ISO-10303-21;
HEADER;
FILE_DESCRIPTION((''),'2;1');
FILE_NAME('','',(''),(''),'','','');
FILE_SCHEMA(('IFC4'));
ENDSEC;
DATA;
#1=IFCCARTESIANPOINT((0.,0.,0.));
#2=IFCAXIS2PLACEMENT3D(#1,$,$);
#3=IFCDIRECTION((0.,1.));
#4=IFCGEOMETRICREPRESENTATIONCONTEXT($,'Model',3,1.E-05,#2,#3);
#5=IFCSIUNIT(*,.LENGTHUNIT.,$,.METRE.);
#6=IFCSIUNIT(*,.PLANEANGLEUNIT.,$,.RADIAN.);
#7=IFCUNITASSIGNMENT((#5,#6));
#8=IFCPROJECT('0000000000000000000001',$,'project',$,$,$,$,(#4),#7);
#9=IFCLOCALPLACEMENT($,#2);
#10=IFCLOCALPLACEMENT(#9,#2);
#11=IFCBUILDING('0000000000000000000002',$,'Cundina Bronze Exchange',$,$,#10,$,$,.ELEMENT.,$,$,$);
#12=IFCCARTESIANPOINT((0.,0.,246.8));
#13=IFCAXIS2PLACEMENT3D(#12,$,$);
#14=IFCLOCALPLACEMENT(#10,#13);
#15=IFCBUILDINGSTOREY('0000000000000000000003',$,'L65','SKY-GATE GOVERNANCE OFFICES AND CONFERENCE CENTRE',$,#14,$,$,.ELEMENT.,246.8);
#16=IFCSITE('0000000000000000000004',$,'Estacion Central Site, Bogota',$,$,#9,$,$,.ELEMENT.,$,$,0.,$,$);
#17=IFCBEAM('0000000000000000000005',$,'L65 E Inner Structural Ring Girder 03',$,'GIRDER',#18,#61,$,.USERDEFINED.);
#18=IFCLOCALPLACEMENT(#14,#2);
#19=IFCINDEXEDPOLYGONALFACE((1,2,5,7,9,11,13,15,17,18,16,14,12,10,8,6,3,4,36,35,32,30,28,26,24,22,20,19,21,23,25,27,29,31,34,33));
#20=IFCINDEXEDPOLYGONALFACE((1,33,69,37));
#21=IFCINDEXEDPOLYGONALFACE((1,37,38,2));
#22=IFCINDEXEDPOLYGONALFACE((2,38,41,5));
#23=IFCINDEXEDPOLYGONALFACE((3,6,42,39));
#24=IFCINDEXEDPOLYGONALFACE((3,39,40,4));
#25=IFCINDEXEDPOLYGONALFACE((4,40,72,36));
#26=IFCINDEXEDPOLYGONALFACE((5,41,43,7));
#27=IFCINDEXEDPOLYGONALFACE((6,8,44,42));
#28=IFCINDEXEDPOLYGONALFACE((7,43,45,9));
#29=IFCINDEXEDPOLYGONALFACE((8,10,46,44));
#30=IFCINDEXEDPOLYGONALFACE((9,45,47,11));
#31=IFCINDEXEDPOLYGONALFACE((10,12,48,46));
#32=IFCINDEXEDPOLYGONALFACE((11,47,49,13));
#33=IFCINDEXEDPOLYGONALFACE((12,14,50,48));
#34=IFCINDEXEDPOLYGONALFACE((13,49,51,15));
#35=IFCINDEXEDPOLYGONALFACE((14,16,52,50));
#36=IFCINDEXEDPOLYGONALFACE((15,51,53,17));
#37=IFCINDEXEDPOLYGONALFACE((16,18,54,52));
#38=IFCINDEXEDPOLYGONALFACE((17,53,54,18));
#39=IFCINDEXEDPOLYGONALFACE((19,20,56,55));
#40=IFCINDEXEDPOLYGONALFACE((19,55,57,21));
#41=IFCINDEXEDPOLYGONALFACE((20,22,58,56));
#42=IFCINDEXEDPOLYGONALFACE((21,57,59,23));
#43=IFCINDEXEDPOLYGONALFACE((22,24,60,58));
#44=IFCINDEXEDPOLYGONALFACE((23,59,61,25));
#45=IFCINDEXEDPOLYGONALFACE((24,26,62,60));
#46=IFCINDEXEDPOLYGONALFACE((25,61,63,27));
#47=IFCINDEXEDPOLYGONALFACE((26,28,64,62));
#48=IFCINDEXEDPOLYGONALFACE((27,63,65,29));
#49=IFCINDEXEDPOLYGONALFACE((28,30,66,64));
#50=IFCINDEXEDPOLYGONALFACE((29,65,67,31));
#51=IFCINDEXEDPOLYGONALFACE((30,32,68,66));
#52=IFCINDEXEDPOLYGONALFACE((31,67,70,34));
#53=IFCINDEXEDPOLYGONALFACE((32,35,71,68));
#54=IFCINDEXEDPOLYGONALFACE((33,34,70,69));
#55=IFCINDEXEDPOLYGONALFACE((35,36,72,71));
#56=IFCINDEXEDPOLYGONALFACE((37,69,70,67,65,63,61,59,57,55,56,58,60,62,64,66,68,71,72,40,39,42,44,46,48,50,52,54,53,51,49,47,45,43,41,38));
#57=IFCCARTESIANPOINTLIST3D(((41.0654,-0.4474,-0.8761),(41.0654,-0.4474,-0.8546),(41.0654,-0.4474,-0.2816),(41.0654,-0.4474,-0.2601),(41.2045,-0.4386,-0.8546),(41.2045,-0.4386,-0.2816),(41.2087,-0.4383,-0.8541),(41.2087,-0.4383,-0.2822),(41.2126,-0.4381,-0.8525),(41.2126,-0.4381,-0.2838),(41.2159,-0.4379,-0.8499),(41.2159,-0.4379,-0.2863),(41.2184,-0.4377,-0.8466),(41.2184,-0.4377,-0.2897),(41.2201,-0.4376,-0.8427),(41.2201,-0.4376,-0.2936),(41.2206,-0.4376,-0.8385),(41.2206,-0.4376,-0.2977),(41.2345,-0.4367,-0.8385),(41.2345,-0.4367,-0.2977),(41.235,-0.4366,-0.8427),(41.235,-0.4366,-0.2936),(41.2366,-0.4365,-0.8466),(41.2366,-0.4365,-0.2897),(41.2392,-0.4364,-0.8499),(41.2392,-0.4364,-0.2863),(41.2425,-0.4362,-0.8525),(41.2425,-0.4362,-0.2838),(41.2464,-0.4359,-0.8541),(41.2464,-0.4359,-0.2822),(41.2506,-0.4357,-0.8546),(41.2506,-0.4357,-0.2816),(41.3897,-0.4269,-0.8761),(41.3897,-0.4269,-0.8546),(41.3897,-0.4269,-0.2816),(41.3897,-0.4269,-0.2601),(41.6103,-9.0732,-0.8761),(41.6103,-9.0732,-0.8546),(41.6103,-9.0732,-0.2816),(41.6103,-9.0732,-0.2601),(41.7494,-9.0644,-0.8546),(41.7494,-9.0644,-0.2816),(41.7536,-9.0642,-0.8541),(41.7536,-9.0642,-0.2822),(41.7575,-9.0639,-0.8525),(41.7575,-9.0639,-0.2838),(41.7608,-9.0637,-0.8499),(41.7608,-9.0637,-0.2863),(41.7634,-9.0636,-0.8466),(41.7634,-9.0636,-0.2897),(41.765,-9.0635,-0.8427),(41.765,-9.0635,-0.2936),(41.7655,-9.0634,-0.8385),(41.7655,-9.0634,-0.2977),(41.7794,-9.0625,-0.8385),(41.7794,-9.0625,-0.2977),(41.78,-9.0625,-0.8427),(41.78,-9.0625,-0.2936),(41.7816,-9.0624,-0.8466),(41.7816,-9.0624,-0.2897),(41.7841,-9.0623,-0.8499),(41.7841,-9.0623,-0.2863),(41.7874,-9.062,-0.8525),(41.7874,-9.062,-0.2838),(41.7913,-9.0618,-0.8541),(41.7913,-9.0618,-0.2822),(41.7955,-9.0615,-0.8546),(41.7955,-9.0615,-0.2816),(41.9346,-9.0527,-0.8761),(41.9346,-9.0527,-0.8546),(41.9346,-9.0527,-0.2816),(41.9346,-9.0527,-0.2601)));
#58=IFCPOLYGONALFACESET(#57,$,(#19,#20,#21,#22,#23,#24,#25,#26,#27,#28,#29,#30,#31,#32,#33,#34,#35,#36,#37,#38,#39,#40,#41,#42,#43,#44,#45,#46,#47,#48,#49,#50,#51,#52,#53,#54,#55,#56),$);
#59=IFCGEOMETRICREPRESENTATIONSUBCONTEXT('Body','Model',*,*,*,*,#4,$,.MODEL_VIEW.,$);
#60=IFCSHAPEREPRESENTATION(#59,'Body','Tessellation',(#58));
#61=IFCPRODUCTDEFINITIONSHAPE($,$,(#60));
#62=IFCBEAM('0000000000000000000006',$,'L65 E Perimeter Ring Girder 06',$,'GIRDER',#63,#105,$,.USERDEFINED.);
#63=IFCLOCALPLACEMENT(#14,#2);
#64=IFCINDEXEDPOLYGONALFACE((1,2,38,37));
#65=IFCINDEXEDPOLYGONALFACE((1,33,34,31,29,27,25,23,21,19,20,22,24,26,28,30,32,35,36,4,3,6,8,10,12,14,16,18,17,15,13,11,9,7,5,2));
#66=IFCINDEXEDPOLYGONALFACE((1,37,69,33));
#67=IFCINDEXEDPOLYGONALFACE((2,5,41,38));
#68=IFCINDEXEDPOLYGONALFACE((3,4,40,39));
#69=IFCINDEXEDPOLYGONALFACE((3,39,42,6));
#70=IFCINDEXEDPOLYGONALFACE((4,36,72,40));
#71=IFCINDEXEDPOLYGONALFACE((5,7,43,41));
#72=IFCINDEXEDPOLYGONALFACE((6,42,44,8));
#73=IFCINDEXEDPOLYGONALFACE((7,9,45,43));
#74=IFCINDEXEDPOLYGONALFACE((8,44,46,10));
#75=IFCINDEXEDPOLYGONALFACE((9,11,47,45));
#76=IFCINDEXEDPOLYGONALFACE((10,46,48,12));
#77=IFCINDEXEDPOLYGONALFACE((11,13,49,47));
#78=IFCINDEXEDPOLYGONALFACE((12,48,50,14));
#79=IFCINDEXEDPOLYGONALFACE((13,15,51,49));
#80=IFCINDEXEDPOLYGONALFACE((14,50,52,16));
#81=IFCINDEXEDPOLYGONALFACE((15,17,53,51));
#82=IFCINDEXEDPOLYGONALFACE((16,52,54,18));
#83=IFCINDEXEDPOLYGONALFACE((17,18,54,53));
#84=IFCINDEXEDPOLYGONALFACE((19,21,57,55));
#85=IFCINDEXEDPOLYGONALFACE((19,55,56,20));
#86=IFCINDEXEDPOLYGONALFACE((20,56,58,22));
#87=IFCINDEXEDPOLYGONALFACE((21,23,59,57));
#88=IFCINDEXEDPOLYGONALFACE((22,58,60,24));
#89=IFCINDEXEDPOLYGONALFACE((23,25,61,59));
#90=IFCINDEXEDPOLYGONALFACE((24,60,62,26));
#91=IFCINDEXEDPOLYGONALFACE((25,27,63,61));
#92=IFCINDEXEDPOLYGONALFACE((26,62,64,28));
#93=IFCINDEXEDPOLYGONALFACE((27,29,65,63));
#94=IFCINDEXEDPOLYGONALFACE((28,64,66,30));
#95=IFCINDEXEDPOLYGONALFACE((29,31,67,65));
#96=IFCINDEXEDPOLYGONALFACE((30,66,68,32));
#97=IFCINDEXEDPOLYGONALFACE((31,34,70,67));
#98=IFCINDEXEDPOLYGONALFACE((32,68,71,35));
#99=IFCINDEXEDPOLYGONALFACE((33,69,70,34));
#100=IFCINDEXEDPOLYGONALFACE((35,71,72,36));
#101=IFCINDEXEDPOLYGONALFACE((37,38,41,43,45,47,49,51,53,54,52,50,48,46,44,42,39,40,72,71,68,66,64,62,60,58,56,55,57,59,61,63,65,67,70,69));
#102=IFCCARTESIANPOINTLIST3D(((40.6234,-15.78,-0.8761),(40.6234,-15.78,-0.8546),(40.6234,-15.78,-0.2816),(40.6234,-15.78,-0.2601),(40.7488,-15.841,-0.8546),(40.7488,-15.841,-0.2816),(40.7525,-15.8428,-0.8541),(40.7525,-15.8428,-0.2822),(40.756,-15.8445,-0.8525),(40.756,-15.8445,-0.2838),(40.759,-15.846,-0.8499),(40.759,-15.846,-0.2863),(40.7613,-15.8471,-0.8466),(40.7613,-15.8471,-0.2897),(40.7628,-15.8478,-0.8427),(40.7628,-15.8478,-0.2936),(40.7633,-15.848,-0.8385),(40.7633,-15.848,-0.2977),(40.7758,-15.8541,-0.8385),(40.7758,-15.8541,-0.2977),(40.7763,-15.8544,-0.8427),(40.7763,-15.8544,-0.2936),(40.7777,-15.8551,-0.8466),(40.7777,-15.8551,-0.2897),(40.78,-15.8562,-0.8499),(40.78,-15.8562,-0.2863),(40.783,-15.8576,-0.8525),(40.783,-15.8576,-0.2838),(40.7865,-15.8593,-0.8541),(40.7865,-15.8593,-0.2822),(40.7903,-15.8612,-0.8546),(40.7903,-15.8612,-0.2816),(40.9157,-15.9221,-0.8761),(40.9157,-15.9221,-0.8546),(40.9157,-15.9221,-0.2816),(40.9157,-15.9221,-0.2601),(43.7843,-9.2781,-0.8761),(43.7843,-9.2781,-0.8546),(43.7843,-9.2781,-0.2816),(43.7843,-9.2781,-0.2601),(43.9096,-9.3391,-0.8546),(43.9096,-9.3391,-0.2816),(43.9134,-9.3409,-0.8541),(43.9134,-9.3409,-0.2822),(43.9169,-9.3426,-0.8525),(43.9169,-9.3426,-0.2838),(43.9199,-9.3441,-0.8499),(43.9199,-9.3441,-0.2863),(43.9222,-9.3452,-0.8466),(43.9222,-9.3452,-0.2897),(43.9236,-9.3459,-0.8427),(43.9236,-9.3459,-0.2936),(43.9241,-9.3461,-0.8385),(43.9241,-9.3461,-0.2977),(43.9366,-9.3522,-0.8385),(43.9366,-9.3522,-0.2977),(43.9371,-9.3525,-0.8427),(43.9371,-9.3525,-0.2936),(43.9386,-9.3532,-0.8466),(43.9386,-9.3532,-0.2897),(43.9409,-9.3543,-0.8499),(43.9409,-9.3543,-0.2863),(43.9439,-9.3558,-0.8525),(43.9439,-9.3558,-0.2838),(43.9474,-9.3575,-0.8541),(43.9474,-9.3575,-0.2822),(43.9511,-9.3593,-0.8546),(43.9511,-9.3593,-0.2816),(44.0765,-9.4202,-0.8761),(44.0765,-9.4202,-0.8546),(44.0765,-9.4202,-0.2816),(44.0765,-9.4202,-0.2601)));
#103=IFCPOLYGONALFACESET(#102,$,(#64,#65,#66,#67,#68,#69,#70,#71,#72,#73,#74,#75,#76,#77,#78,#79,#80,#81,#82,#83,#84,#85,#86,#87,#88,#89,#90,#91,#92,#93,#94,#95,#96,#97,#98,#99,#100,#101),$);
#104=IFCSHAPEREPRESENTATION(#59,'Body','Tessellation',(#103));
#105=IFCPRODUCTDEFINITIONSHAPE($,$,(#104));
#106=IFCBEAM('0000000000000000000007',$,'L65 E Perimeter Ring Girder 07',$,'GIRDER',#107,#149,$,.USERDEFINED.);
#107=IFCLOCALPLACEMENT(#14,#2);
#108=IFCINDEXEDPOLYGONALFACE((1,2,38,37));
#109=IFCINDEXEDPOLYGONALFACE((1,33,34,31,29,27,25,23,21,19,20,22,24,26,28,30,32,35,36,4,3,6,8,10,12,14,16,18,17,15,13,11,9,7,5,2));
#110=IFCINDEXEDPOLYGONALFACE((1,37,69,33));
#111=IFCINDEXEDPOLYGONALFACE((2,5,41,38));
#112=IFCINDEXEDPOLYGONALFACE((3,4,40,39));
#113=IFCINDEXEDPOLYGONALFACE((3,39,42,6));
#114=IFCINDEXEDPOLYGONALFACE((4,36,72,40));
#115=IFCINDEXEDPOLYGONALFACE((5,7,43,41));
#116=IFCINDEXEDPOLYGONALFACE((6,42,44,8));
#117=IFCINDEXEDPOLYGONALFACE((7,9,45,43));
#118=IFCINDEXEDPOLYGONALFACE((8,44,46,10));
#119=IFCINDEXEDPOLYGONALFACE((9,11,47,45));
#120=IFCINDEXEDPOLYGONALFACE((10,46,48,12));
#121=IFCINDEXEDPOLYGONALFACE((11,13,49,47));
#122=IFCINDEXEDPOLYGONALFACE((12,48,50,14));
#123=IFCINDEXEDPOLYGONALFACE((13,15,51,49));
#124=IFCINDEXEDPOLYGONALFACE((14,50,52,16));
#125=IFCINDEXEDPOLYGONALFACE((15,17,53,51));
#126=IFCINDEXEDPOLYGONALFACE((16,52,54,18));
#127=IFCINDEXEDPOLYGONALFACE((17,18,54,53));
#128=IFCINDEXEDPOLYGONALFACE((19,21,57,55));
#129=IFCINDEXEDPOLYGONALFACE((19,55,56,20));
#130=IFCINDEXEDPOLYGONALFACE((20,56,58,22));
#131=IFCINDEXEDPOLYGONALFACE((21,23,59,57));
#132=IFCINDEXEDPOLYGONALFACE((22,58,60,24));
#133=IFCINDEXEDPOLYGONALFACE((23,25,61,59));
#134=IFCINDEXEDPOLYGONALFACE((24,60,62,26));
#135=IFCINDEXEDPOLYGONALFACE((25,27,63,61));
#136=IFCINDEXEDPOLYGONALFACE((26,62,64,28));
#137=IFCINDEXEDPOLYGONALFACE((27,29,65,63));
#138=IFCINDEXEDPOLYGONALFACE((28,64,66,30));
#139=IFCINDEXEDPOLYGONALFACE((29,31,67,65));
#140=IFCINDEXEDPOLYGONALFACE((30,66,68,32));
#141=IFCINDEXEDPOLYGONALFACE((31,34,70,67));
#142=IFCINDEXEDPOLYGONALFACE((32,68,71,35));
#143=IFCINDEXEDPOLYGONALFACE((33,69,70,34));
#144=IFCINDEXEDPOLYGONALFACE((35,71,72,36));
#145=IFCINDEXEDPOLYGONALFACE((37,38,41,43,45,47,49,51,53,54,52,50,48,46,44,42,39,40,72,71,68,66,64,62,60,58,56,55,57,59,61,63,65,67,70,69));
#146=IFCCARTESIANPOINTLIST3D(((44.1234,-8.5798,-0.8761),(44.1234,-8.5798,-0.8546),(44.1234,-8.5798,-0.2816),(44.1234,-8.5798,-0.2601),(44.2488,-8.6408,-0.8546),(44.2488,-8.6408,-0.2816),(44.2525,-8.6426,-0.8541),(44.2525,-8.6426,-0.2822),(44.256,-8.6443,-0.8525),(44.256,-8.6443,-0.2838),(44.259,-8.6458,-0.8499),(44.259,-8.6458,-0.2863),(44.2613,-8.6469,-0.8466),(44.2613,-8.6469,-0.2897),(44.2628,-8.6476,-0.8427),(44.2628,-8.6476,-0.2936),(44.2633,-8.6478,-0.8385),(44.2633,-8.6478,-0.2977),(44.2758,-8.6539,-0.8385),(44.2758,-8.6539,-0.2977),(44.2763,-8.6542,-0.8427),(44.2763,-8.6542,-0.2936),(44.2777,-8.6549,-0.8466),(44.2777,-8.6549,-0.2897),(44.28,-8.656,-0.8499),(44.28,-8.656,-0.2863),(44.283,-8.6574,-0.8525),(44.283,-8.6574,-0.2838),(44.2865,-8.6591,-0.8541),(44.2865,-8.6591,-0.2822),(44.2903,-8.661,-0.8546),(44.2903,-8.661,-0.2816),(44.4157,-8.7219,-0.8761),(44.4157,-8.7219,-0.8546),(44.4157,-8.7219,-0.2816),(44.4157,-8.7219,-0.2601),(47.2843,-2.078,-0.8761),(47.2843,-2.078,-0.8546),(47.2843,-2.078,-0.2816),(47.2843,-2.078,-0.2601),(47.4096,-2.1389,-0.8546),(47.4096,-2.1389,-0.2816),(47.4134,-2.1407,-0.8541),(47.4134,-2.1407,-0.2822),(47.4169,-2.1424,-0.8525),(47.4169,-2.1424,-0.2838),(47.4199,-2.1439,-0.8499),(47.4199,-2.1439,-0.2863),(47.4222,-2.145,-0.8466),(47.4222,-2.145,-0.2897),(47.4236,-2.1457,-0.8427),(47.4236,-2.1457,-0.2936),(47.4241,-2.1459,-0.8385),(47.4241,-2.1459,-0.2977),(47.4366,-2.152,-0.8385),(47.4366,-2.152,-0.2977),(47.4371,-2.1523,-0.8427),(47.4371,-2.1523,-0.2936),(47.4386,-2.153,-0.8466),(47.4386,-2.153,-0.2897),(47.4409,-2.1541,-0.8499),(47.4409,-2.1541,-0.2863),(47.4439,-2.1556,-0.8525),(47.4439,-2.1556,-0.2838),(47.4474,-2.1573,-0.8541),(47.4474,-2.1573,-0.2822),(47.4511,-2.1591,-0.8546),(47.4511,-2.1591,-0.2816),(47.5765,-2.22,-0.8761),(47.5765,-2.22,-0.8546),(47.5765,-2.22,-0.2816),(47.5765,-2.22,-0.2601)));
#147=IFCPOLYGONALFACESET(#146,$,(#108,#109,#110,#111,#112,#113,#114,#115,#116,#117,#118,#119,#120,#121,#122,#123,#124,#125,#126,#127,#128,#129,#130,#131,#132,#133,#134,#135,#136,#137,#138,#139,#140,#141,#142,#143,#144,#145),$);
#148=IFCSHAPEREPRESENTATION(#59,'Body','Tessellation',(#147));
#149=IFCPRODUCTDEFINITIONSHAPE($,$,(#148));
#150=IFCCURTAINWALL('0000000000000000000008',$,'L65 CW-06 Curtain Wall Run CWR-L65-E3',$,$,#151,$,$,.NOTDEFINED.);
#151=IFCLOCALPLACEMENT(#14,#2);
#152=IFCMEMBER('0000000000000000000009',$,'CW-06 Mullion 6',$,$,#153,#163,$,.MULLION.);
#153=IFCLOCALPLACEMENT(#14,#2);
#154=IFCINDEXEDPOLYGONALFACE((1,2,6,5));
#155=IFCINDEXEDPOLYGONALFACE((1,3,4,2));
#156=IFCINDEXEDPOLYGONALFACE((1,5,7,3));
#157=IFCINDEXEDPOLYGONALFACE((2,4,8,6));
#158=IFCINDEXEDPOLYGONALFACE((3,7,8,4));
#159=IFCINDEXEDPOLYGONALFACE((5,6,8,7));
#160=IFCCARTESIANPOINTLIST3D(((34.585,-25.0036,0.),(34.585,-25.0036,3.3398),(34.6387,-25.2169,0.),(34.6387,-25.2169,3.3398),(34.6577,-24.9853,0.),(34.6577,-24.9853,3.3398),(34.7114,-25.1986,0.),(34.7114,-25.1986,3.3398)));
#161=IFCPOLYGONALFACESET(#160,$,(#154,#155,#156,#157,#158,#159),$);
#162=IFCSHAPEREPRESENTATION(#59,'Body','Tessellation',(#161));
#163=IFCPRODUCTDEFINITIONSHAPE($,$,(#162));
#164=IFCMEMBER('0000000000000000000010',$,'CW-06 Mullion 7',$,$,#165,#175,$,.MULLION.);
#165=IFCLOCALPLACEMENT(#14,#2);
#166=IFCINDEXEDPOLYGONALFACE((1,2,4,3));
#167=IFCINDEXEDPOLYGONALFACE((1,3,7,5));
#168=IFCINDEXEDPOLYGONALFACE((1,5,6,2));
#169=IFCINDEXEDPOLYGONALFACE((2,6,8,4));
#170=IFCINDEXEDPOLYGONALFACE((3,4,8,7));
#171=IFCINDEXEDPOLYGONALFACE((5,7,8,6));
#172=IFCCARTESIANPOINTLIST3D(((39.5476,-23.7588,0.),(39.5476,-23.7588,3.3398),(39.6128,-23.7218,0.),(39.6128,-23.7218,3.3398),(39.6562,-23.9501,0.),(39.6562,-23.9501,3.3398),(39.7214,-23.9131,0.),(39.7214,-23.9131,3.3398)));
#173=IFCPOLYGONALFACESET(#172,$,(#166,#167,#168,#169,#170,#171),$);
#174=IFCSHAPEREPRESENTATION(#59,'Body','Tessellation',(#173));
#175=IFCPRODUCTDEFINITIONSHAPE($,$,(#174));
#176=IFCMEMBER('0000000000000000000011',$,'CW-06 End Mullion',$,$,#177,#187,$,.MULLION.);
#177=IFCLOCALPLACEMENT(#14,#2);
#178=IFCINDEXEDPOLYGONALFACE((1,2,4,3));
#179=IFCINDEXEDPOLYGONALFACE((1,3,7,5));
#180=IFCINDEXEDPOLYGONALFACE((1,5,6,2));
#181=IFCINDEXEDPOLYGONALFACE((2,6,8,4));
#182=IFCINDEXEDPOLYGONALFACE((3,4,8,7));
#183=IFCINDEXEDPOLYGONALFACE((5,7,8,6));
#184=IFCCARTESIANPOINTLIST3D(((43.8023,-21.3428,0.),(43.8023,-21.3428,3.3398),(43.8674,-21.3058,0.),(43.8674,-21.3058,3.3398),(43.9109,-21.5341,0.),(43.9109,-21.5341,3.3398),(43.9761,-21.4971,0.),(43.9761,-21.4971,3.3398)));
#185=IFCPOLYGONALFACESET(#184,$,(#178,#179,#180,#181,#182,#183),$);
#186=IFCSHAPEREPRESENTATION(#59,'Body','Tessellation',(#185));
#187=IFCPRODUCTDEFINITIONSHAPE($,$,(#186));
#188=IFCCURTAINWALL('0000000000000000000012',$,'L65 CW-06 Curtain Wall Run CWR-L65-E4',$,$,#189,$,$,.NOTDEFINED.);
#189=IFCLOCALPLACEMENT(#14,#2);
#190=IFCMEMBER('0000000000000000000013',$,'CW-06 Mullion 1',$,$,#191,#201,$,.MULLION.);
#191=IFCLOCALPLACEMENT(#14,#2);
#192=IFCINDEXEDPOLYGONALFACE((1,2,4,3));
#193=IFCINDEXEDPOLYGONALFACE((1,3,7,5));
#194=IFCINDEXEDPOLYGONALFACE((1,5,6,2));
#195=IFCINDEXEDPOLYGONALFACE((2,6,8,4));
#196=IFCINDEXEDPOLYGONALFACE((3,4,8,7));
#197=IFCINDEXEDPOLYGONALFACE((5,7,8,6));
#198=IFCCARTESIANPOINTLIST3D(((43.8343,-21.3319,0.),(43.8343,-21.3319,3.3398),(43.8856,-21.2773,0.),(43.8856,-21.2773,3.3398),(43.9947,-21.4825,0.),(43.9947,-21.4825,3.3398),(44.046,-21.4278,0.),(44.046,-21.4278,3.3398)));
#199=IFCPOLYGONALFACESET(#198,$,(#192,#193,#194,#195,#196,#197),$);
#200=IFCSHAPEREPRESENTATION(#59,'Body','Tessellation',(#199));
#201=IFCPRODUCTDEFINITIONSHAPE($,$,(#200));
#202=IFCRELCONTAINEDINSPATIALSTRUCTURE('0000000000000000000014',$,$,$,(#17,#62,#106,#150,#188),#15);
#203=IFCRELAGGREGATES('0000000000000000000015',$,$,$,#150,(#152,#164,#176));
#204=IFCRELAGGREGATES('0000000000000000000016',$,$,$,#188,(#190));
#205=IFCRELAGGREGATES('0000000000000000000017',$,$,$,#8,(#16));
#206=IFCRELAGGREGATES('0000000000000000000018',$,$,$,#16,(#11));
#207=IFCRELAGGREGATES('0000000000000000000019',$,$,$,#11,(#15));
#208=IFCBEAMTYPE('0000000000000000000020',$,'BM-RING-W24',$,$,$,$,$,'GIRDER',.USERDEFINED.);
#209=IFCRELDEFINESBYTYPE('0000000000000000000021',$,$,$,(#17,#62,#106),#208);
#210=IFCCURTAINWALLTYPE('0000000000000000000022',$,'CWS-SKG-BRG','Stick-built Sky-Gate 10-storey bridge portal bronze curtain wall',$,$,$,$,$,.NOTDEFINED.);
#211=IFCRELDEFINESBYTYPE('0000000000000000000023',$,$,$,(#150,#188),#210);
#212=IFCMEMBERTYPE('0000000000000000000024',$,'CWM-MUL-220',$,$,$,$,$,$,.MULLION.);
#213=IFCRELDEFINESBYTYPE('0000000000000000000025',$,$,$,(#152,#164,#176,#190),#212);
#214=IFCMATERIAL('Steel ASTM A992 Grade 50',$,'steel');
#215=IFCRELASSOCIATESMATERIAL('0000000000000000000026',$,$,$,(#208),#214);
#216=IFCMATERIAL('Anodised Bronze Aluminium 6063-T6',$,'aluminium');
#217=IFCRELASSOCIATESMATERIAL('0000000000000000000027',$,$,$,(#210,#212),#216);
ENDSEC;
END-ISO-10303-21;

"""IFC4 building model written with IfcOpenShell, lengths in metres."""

from ifc_helpers import new_model, si_unit, direction, frame, origin, origin_2d, place, context, subcontext, project, spatial, rectangle, i_section, extrude, material, material_profile, profile_set, type_object, element, aggregate, save


model = new_model("IFC4")

# Units and contexts
model_context = context("Model", 3, precision=1e-05, world=origin(), true_north=direction((0.0, 1.0)))
body_context = subcontext(model_context, "Body", "Model", "MODEL_VIEW")
ifc_project = project(units=[si_unit("LENGTHUNIT", "METRE"), si_unit("PLANEANGLEUNIT", "RADIAN")], contexts=[model_context])

# Site, building, storey
site_placement = place(None, origin())
site = spatial("IfcSite", under=ifc_project, at=site_placement, Name="Estacion Central Site, Bogota", CompositionType="ELEMENT", RefElevation=0.0)
building_placement = place(site_placement, origin())
building = spatial("IfcBuilding", under=site, at=building_placement, Name="Cundina Bronze Exchange", CompositionType="ELEMENT")
storey_placement = place(building_placement, frame((0.0, 0.0, 246.8)))
storey = spatial("IfcBuildingStorey", under=building, at=storey_placement, Name="L65", Description="SKY-GATE GOVERNANCE OFFICES AND CONFERENCE CENTRE", CompositionType="ELEMENT", Elevation=246.8)

# Beams
ifc_material_1 = material(Name="Steel ASTM A992 Grade 50", Category="steel")
ifc_material_profile_1 = material_profile(ifc_material_1, i_section(OverallWidth=0.325, OverallDepth=0.616, WebThickness=0.0139, FlangeThickness=0.0215, FilletRadius=0.0161, at=origin_2d()), Name="W24X117", Category="steel")
ifc_profile_set_1 = profile_set([ifc_material_profile_1], Name="Steel ASTM A992 Grade 50")
beam_type_1 = type_object("IfcBeamType", Name="BM-RING-W24", ElementType="GIRDER", PredefinedType="USERDEFINED", material=ifc_profile_set_1)
beam_1_placement = place(storey_placement, frame((41.7725, -9.063, -0.5681), z_axis=(-0.063047, 0.998011, 0.0), x_axis=(-0.998011, -0.063047, 0.0)))
element("IfcBeam", 1, at=beam_1_placement, inside=storey, type_object=beam_type_1, Name="L65 E Inner Structural Ring Girder 03", ObjectType="GIRDER", PredefinedType="USERDEFINED", context=body_context, shape_type="SweptSolid", body=[
    extrude(i_section(OverallWidth=0.325, OverallDepth=0.616, WebThickness=0.0139, FlangeThickness=0.0215, FilletRadius=0.0161, at=origin_2d()), origin(), (0.0, 0.0, 1.0), 8.6431),
])
for number, where, z_axis, x_axis, name in (
    (2, (40.7695, -15.8511, -0.5681), (0.437217, 0.899356, 0.0), (-0.899356, 0.437217, 0.0), "L65 E Perimeter Ring Girder 06"),
    (3, (44.2695, -8.6509, -0.5681), (0.437217, 0.899356, 0.0), (-0.899356, 0.437217, 0.0), "L65 E Perimeter Ring Girder 07"),
):
    element("IfcBeam", number, at=place(storey_placement, frame(where, z_axis=z_axis, x_axis=x_axis)), inside=storey, type_object=beam_type_1, Name=name, ObjectType="GIRDER", PredefinedType="USERDEFINED", context=body_context, shape_type="SweptSolid", body=[
        extrude(i_section(OverallWidth=0.325, OverallDepth=0.616, WebThickness=0.0139, FlangeThickness=0.0215, FilletRadius=0.0161, at=origin_2d()), origin(), (0.0, 0.0, 1.0), 7.2295),
    ])

# Curtain walls, members
ifc_material_2 = material(Name="Anodised Bronze Aluminium 6063-T6", Category="aluminium")
curtain_wall_type = type_object("IfcCurtainWallType", Name="CWS-SKG-BRG", Description="Stick-built Sky-Gate 10-storey bridge portal bronze curtain wall", PredefinedType="NOTDEFINED", material=ifc_material_2)
curtain_wall_1_placement = place(storey_placement, origin())
curtain_wall_1 = element("IfcCurtainWall", 4, at=curtain_wall_1_placement, inside=storey, type_object=curtain_wall_type, Name="L65 CW-06 Curtain Wall Run CWR-L65-E3", PredefinedType="NOTDEFINED")
ifc_material_profile_2 = material_profile(ifc_material_2, rectangle(XDim=0.075, YDim=0.22, at=origin_2d()), Name="AL75X220", Category="aluminium")
ifc_profile_set_2 = profile_set([ifc_material_profile_2], Name="Anodised Bronze Aluminium 6063-T6")
member_type_1 = type_object("IfcMemberType", Name="CWM-MUL-220", PredefinedType="MULLION", material=ifc_profile_set_2)
member_1_placement = place(storey_placement, frame((34.6482, -25.1011, 0.0), z_axis=(0.0, 0.0, 1.0), x_axis=(0.969744, 0.244123, 0.0)))
member_1 = element("IfcMember", 5, at=member_1_placement, type_object=member_type_1, Name="CW-06 Mullion 6", PredefinedType="MULLION", context=body_context, shape_type="SweptSolid", body=[
    extrude(rectangle(XDim=0.075, YDim=0.22, at=origin_2d()), origin(), (0.0, 0.0, 1.0), 3.3398),
])
member_2_placement = place(storey_placement, frame((39.6345, -23.8359, 0.0), z_axis=(0.0, 0.0, 1.0), x_axis=(0.869581, 0.49379, 0.0)))
member_2 = element("IfcMember", 6, at=member_2_placement, type_object=member_type_1, Name="CW-06 Mullion 7", PredefinedType="MULLION", context=body_context, shape_type="SweptSolid", body=[
    extrude(rectangle(XDim=0.075, YDim=0.22, at=origin_2d()), origin(), (0.0, 0.0, 1.0), 3.3398),
])
member_3_placement = place(storey_placement, frame((43.8892, -21.4199, 0.0), z_axis=(0.0, 0.0, 1.0), x_axis=(0.869581, 0.49379, 0.0)))
member_3 = element("IfcMember", 7, at=member_3_placement, type_object=member_type_1, Name="CW-06 End Mullion", PredefinedType="MULLION", context=body_context, shape_type="SweptSolid", body=[
    extrude(rectangle(XDim=0.075, YDim=0.22, at=origin_2d()), origin(), (0.0, 0.0, 1.0), 3.3398),
])
curtain_wall_2_placement = place(storey_placement, origin())
curtain_wall_2 = element("IfcCurtainWall", 8, at=curtain_wall_2_placement, inside=storey, type_object=curtain_wall_type, Name="L65 CW-06 Curtain Wall Run CWR-L65-E4", PredefinedType="NOTDEFINED")
member_4_placement = place(storey_placement, frame((43.9402, -21.3799, 0.0), z_axis=(0.0, 0.0, 1.0), x_axis=(0.684293, 0.729208, 0.0)))
member_4 = element("IfcMember", 9, at=member_4_placement, type_object=member_type_1, Name="CW-06 Mullion 1", PredefinedType="MULLION", context=body_context, shape_type="SweptSolid", body=[
    extrude(rectangle(XDim=0.075, YDim=0.22, at=origin_2d()), origin(), (0.0, 0.0, 1.0), 3.3398),
])

aggregate(curtain_wall_1, [member_1, member_2, member_3])
aggregate(curtain_wall_2, [member_4])

save(model, "model.ifc")
